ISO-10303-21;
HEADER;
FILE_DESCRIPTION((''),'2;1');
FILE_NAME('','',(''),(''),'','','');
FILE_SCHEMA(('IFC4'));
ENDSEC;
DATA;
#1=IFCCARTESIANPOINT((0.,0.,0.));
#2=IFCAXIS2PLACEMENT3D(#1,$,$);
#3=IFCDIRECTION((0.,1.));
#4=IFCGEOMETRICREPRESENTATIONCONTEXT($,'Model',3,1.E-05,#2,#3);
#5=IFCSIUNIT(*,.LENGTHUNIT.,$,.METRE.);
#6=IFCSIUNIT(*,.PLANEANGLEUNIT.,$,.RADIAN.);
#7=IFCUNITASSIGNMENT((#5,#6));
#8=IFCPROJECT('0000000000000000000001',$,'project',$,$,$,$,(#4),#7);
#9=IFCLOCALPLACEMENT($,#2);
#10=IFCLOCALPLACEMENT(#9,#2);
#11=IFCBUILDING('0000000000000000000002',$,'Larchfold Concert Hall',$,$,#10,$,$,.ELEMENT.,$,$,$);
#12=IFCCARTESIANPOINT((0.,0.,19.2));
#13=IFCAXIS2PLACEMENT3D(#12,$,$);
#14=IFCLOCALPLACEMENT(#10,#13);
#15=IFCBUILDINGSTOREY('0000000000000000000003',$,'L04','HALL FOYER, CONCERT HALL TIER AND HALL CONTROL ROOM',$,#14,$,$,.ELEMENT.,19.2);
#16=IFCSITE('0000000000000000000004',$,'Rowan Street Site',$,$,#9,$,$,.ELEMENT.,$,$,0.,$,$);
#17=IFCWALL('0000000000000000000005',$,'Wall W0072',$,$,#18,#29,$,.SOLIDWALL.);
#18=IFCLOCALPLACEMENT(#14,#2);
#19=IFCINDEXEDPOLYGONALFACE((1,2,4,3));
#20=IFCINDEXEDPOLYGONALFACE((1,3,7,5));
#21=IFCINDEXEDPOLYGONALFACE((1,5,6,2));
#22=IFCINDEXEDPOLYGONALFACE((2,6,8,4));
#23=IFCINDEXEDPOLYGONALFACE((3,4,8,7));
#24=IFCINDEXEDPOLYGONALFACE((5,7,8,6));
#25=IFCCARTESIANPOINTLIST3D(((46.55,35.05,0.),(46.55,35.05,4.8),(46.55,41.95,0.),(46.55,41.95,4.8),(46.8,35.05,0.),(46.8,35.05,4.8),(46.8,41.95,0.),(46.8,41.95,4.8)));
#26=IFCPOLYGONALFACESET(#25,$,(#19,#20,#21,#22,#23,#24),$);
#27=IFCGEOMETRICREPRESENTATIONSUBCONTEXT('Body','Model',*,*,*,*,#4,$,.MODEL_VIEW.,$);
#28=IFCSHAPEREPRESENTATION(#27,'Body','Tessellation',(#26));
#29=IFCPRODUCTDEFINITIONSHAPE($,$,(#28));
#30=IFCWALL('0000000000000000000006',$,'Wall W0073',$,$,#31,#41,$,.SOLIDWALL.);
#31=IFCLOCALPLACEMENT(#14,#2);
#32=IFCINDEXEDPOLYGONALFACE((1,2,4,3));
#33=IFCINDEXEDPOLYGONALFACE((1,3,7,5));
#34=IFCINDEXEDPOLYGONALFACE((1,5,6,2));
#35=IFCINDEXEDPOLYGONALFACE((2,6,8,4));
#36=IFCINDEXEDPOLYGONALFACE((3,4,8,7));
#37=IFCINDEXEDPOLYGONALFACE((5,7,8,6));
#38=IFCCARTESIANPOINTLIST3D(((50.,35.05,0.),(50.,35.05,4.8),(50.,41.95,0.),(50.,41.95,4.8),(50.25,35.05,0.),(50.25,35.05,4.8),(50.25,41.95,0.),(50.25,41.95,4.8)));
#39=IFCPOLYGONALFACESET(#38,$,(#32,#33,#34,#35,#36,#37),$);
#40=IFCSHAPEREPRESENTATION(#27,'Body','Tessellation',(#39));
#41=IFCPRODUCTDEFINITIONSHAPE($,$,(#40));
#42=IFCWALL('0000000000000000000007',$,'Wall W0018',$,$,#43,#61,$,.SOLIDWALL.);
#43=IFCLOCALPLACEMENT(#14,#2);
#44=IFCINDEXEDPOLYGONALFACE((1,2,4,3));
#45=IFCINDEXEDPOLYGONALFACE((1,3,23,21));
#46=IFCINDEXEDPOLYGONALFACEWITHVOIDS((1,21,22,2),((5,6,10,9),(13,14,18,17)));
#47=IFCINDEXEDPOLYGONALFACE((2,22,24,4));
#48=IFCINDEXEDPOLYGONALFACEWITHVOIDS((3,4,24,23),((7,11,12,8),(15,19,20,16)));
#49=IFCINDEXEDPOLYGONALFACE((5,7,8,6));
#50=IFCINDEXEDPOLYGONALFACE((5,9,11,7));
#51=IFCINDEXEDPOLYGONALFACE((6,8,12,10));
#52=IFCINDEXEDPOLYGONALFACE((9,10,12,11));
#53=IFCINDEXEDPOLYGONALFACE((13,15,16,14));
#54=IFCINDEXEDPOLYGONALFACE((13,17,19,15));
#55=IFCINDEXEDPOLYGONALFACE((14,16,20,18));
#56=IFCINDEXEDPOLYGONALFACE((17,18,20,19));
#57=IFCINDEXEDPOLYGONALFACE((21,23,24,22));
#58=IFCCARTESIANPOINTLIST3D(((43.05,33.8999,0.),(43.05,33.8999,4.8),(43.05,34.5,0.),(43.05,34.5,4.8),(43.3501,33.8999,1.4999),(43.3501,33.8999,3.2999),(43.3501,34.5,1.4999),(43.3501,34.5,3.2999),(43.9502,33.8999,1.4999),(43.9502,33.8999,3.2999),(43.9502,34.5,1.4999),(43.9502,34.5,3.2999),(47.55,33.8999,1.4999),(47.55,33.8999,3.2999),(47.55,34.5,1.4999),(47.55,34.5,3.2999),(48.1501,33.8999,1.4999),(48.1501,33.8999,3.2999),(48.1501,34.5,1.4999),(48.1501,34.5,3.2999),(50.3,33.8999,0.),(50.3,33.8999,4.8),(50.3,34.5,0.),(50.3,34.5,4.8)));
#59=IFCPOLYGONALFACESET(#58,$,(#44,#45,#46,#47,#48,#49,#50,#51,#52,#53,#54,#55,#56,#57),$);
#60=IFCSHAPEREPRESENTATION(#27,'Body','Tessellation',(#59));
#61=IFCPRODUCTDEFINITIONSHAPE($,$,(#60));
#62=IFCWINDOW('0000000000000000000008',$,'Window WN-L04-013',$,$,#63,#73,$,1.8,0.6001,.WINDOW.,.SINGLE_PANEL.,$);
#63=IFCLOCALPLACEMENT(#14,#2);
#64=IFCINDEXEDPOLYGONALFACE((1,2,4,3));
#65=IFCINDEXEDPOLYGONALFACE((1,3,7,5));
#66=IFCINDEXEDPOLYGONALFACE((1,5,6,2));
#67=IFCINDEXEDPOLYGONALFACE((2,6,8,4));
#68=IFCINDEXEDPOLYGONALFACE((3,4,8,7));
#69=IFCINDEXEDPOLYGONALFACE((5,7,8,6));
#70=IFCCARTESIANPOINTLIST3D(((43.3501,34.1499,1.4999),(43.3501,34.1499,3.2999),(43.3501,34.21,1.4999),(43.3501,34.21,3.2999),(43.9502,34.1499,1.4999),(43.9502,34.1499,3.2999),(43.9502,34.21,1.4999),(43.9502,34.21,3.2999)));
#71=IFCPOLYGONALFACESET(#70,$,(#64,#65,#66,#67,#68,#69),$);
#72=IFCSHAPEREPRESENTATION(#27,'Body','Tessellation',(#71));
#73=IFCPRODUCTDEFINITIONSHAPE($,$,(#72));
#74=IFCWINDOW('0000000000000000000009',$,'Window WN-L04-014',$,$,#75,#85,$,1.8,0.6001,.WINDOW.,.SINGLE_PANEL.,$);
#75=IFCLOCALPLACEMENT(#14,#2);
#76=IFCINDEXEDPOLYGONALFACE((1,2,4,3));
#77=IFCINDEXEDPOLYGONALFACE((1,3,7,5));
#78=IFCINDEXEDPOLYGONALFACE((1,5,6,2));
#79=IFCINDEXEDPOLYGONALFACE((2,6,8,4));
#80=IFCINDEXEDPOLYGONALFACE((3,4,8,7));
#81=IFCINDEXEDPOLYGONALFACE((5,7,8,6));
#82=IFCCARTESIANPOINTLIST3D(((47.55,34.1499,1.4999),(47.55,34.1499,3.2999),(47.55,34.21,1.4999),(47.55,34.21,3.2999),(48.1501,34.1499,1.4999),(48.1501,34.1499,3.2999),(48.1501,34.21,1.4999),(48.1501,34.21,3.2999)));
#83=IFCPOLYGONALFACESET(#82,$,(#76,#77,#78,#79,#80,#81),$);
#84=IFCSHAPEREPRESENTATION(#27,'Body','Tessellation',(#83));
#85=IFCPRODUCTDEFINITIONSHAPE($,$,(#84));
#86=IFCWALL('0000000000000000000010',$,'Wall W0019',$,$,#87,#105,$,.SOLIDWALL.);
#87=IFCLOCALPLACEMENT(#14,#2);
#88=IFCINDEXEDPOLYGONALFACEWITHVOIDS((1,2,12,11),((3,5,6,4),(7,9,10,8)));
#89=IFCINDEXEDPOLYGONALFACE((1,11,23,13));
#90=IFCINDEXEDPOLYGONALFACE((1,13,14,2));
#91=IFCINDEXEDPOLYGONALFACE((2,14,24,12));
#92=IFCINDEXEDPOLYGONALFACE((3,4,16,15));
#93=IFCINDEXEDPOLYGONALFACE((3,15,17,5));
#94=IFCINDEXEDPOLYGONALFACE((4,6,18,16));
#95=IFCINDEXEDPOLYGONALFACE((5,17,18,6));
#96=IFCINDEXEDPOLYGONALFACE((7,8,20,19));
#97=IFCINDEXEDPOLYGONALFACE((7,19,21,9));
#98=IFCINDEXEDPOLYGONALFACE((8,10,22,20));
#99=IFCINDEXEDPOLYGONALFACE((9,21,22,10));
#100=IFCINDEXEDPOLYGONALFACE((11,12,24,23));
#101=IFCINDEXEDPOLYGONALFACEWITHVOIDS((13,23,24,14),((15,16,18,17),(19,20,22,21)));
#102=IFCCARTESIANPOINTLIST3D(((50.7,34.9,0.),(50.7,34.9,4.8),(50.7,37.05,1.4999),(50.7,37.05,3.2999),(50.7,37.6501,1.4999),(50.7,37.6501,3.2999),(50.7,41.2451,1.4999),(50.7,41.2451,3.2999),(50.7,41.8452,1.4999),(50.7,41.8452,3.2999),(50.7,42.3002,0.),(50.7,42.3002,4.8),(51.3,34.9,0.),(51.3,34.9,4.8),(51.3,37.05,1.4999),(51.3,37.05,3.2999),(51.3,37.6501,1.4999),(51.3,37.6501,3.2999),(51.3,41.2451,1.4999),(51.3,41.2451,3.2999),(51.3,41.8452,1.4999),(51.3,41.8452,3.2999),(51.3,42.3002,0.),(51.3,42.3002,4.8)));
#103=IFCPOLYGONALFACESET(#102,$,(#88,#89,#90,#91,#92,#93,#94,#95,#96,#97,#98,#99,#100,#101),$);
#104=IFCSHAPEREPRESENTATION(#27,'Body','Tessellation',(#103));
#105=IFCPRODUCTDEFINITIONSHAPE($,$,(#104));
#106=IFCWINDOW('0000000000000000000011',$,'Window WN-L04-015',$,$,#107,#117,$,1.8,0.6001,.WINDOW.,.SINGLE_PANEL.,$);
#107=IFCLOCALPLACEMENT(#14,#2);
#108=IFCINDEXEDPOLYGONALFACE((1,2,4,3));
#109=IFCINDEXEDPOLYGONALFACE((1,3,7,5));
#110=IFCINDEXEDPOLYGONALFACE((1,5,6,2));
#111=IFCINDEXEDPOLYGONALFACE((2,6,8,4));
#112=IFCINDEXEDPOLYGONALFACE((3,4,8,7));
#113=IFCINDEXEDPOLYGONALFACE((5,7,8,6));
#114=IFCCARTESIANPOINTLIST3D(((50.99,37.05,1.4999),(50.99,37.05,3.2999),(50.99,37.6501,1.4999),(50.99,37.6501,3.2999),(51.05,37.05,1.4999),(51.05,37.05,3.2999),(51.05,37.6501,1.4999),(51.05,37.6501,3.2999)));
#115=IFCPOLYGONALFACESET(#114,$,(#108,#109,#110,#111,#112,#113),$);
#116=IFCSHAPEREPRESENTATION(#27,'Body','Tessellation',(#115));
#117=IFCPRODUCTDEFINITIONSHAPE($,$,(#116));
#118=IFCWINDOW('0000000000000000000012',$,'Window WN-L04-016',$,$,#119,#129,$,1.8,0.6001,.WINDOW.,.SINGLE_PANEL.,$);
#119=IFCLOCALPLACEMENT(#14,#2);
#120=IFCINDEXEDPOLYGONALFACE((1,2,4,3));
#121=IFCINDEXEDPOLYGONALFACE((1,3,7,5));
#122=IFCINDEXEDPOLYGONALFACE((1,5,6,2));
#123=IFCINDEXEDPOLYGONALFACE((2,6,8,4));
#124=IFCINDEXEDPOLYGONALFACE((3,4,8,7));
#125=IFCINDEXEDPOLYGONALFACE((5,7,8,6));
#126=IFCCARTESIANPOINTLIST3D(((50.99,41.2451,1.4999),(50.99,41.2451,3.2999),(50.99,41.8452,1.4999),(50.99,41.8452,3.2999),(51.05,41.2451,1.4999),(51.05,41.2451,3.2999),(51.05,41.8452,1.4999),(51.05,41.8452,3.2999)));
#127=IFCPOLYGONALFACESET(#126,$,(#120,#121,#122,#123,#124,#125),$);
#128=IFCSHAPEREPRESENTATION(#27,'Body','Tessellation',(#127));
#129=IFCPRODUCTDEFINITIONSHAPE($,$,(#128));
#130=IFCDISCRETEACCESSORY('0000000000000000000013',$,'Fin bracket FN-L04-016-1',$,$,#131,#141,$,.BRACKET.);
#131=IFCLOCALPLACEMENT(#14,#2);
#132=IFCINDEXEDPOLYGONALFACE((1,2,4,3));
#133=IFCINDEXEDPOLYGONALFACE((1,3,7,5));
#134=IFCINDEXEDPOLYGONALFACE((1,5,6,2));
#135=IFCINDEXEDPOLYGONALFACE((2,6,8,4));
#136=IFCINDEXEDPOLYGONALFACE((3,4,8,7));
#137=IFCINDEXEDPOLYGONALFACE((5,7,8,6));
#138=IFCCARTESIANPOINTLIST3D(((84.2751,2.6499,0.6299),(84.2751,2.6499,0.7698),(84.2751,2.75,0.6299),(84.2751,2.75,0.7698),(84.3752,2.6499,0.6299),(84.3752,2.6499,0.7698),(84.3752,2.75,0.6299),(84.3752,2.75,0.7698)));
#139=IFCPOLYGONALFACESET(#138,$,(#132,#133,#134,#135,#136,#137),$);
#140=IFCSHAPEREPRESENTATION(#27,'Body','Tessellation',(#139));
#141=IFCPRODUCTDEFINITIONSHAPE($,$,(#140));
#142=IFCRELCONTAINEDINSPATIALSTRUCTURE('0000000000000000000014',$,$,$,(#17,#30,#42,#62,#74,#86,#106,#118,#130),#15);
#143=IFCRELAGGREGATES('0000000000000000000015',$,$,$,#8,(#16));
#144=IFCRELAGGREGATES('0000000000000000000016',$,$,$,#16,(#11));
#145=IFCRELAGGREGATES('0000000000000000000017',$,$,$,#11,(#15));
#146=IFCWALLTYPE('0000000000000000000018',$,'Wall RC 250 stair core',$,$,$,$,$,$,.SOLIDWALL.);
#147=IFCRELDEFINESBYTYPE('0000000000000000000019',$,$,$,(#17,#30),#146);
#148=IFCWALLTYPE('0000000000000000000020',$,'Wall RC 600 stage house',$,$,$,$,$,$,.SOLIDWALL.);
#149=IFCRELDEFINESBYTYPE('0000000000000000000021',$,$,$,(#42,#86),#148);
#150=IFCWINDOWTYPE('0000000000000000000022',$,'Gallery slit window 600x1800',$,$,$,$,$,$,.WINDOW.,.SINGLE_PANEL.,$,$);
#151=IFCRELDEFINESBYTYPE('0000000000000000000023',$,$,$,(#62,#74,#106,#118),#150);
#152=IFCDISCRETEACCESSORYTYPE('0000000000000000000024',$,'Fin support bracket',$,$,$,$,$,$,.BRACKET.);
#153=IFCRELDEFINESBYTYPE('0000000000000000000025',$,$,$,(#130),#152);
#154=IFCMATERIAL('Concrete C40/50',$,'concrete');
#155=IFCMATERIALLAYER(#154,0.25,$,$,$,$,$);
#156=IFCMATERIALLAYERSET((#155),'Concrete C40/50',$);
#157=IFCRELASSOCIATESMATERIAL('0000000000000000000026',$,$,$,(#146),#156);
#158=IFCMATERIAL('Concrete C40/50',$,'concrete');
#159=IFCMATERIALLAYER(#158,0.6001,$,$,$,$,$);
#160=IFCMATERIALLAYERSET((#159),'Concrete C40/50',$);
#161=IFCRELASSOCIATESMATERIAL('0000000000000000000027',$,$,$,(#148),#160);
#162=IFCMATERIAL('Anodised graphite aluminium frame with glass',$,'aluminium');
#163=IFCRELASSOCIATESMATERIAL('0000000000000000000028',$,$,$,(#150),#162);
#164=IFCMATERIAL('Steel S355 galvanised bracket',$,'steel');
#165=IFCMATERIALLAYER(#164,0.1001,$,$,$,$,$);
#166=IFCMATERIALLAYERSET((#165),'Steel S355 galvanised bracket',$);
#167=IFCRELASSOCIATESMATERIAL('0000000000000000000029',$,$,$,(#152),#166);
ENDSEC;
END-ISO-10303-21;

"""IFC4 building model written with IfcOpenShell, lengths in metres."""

from ifc_helpers import new_model, si_unit, direction, frame, frame_2d, origin, origin_2d, place, context, subcontext, project, spatial, rectangle, extrude, material, layer, layer_set, type_object, element, fill, save


model = new_model("IFC4")

# Units and contexts
model_context = context("Model", 3, precision=1e-05, world=origin(), true_north=direction((0.0, 1.0)))
body_context = subcontext(model_context, "Body", "Model", "MODEL_VIEW")
ifc_project = project(units=[si_unit("LENGTHUNIT", "METRE"), si_unit("PLANEANGLEUNIT", "RADIAN")], contexts=[model_context])

# Site, building, storey
site_placement = place(None, origin())
site = spatial("IfcSite", under=ifc_project, at=site_placement, Name="Rowan Street Site", CompositionType="ELEMENT", RefElevation=0.0)
building_placement = place(site_placement, origin())
building = spatial("IfcBuilding", under=site, at=building_placement, Name="Larchfold Concert Hall", CompositionType="ELEMENT")
storey_placement = place(building_placement, frame((0.0, 0.0, 19.2)))
storey = spatial("IfcBuildingStorey", under=building, at=storey_placement, Name="L04", Description="HALL FOYER, CONCERT HALL TIER AND HALL CONTROL ROOM", CompositionType="ELEMENT", Elevation=19.2)

# Shared definitions
ifc_material_1 = material(Name="Concrete C40/50", Category="concrete")
ifc_layer_1 = layer(ifc_material_1, 0.25)
ifc_layer_set_1 = layer_set([ifc_layer_1], Name="Concrete C40/50")
wall_type_1 = type_object("IfcWallType", Name="Wall RC 250 stair core", PredefinedType="SOLIDWALL", material=ifc_layer_set_1)

# Walls
for number, where, z_axis, x_axis, name in (
    (1, (46.675, 35.05, 0.0), (0.0, 0.0, 1.0), (0.0, 1.0, 0.0), "Wall W0072"),
    (2, (50.125, 35.05, 0.0), (0.0, 0.0, 1.0), (0.0, 1.0, 0.0), "Wall W0073"),
):
    element("IfcWall", number, at=place(storey_placement, frame(where, z_axis=z_axis, x_axis=x_axis)), inside=storey, type_object=wall_type_1, Name=name, PredefinedType="SOLIDWALL", context=body_context, shape_type="SweptSolid", body=[
        extrude(rectangle(XDim=6.8999, YDim=0.25, at=frame_2d((3.45, 0.0))), origin(), (0.0, 0.0, 1.0), 4.8),
    ])

# Walls, openings, windows
ifc_material_2 = material(Name="Concrete C40/50", Category="concrete")
ifc_layer_2 = layer(ifc_material_2, 0.6001)
ifc_layer_set_2 = layer_set([ifc_layer_2], Name="Concrete C40/50")
wall_type_2 = type_object("IfcWallType", Name="Wall RC 600 stage house", PredefinedType="SOLIDWALL", material=ifc_layer_set_2)
wall_1_placement = place(storey_placement, frame((43.05, 34.2, 0.0), z_axis=(0.0, 0.0, 1.0), x_axis=(1.0, 0.0, 0.0)))
wall_1 = element("IfcWall", 3, at=wall_1_placement, inside=storey, type_object=wall_type_2, Name="Wall W0018", PredefinedType="SOLIDWALL", context=body_context, shape_type="SweptSolid", body=[
    extrude(rectangle(XDim=7.25, YDim=0.6001, at=frame_2d((3.625, 0.0))), origin(), (0.0, 0.0, 1.0), 4.8),
])
opening_1_placement = place(wall_1_placement, frame((0.3, 0.0, 1.5)))
opening_1 = element("IfcOpeningElement", 4, at=opening_1_placement, cuts=wall_1, PredefinedType="OPENING", context=body_context, shape_type="SweptSolid", body=[
    extrude(rectangle(XDim=0.6001, YDim=1.8, at=frame_2d((0.3, 0.8999))), frame((0.0, 0.3101, 0.0), z_axis=(0.0, -1.0, 0.0), x_axis=(1.0, 0.0, 0.0)), (0.0, 0.0, 1.0), 0.6201),
])
opening_2_placement = place(wall_1_placement, frame((4.5, 0.0, 1.5)))
opening_2 = element("IfcOpeningElement", 5, at=opening_2_placement, cuts=wall_1, PredefinedType="OPENING", context=body_context, shape_type="SweptSolid", body=[
    extrude(rectangle(XDim=0.6001, YDim=1.8, at=frame_2d((0.3, 0.8999))), frame((0.0, 0.3101, 0.0), z_axis=(0.0, -1.0, 0.0), x_axis=(1.0, 0.0, 0.0)), (0.0, 0.0, 1.0), 0.6201),
])
ifc_material_3 = material(Name="Anodised graphite aluminium frame with glass", Category="aluminium")
window_type = type_object("IfcWindowType", Name="Gallery slit window 600x1800", PartitioningType="SINGLE_PANEL", PredefinedType="WINDOW", material=ifc_material_3)
window_1_placement = place(opening_1_placement, origin())
window_1 = element("IfcWindow", 6, at=window_1_placement, inside=storey, type_object=window_type, Name="Window WN-L04-013", OverallHeight=1.8, OverallWidth=0.6001, PartitioningType="SINGLE_PANEL", PredefinedType="WINDOW", context=body_context, shape_type="SweptSolid", body=[
    extrude(rectangle(XDim=0.6001, YDim=1.8, at=frame_2d((0.3, 0.8999))), frame((0.0, 0.01, 0.0), z_axis=(0.0, -1.0, 0.0), x_axis=(1.0, 0.0, 0.0)), (0.0, 0.0, 1.0), 0.0601),
])
fill(opening_1, window_1)
window_2_placement = place(opening_2_placement, origin())
window_2 = element("IfcWindow", 7, at=window_2_placement, inside=storey, type_object=window_type, Name="Window WN-L04-014", OverallHeight=1.8, OverallWidth=0.6001, PartitioningType="SINGLE_PANEL", PredefinedType="WINDOW", context=body_context, shape_type="SweptSolid", body=[
    extrude(rectangle(XDim=0.6001, YDim=1.8, at=frame_2d((0.3, 0.8999))), frame((0.0, 0.01, 0.0), z_axis=(0.0, -1.0, 0.0), x_axis=(1.0, 0.0, 0.0)), (0.0, 0.0, 1.0), 0.0601),
])
fill(opening_2, window_2)
wall_2_placement = place(storey_placement, frame((51.0, 34.8999, 0.0), z_axis=(0.0, 0.0, 1.0), x_axis=(0.0, 1.0, 0.0)))
wall_2 = element("IfcWall", 8, at=wall_2_placement, inside=storey, type_object=wall_type_2, Name="Wall W0019", PredefinedType="SOLIDWALL", context=body_context, shape_type="SweptSolid", body=[
    extrude(rectangle(XDim=7.4001, YDim=0.6001, at=frame_2d((3.7002, 0.0))), origin(), (0.0, 0.0, 1.0), 4.8),
])
opening_3_placement = place(wall_2_placement, frame((2.1501, 0.0, 1.5)))
opening_3 = element("IfcOpeningElement", 9, at=opening_3_placement, cuts=wall_2, PredefinedType="OPENING", context=body_context, shape_type="SweptSolid", body=[
    extrude(rectangle(XDim=0.6001, YDim=1.8, at=frame_2d((0.3, 0.8999))), frame((0.0, 0.3101, 0.0), z_axis=(0.0, -1.0, 0.0), x_axis=(1.0, 0.0, 0.0)), (0.0, 0.0, 1.0), 0.6201),
])
opening_4_placement = place(wall_2_placement, frame((6.3452, 0.0, 1.5)))
opening_4 = element("IfcOpeningElement", 10, at=opening_4_placement, cuts=wall_2, PredefinedType="OPENING", context=body_context, shape_type="SweptSolid", body=[
    extrude(rectangle(XDim=0.6001, YDim=1.8, at=frame_2d((0.3, 0.8999))), frame((0.0, 0.3101, 0.0), z_axis=(0.0, -1.0, 0.0), x_axis=(1.0, 0.0, 0.0)), (0.0, 0.0, 1.0), 0.6201),
])
window_3_placement = place(opening_3_placement, origin())
window_3 = element("IfcWindow", 11, at=window_3_placement, inside=storey, type_object=window_type, Name="Window WN-L04-015", OverallHeight=1.8, OverallWidth=0.6001, PartitioningType="SINGLE_PANEL", PredefinedType="WINDOW", context=body_context, shape_type="SweptSolid", body=[
    extrude(rectangle(XDim=0.6001, YDim=1.8, at=frame_2d((0.3, 0.8999))), frame((0.0, 0.01, 0.0), z_axis=(0.0, -1.0, 0.0), x_axis=(1.0, 0.0, 0.0)), (0.0, 0.0, 1.0), 0.0601),
])
fill(opening_3, window_3)
window_4_placement = place(opening_4_placement, origin())
window_4 = element("IfcWindow", 12, at=window_4_placement, inside=storey, type_object=window_type, Name="Window WN-L04-016", OverallHeight=1.8, OverallWidth=0.6001, PartitioningType="SINGLE_PANEL", PredefinedType="WINDOW", context=body_context, shape_type="SweptSolid", body=[
    extrude(rectangle(XDim=0.6001, YDim=1.8, at=frame_2d((0.3, 0.8999))), frame((0.0, 0.01, 0.0), z_axis=(0.0, -1.0, 0.0), x_axis=(1.0, 0.0, 0.0)), (0.0, 0.0, 1.0), 0.0601),
])
fill(opening_4, window_4)

# Discrete accessory
ifc_material_4 = material(Name="Steel S355 galvanised bracket", Category="steel")
ifc_layer_3 = layer(ifc_material_4, 0.1001)
ifc_layer_set_3 = layer_set([ifc_layer_3], Name="Steel S355 galvanised bracket")
discrete_accessory_type = type_object("IfcDiscreteAccessoryType", Name="Fin support bracket", PredefinedType="BRACKET", material=ifc_layer_set_3)
discrete_accessory_placement = place(storey_placement, frame((84.3252, 2.7, 0.6299), z_axis=(0.0, 0.0, 1.0), x_axis=(-1.0, 0.0, 0.0)))
element("IfcDiscreteAccessory", 13, at=discrete_accessory_placement, inside=storey, type_object=discrete_accessory_type, Name="Fin bracket FN-L04-016-1", PredefinedType="BRACKET", context=body_context, shape_type="SweptSolid", body=[
    extrude(rectangle(XDim=0.1001, YDim=0.1001, at=origin_2d()), origin(), (0.0, 0.0, 1.0), 0.1399),
])

save(model, "model.ifc")
